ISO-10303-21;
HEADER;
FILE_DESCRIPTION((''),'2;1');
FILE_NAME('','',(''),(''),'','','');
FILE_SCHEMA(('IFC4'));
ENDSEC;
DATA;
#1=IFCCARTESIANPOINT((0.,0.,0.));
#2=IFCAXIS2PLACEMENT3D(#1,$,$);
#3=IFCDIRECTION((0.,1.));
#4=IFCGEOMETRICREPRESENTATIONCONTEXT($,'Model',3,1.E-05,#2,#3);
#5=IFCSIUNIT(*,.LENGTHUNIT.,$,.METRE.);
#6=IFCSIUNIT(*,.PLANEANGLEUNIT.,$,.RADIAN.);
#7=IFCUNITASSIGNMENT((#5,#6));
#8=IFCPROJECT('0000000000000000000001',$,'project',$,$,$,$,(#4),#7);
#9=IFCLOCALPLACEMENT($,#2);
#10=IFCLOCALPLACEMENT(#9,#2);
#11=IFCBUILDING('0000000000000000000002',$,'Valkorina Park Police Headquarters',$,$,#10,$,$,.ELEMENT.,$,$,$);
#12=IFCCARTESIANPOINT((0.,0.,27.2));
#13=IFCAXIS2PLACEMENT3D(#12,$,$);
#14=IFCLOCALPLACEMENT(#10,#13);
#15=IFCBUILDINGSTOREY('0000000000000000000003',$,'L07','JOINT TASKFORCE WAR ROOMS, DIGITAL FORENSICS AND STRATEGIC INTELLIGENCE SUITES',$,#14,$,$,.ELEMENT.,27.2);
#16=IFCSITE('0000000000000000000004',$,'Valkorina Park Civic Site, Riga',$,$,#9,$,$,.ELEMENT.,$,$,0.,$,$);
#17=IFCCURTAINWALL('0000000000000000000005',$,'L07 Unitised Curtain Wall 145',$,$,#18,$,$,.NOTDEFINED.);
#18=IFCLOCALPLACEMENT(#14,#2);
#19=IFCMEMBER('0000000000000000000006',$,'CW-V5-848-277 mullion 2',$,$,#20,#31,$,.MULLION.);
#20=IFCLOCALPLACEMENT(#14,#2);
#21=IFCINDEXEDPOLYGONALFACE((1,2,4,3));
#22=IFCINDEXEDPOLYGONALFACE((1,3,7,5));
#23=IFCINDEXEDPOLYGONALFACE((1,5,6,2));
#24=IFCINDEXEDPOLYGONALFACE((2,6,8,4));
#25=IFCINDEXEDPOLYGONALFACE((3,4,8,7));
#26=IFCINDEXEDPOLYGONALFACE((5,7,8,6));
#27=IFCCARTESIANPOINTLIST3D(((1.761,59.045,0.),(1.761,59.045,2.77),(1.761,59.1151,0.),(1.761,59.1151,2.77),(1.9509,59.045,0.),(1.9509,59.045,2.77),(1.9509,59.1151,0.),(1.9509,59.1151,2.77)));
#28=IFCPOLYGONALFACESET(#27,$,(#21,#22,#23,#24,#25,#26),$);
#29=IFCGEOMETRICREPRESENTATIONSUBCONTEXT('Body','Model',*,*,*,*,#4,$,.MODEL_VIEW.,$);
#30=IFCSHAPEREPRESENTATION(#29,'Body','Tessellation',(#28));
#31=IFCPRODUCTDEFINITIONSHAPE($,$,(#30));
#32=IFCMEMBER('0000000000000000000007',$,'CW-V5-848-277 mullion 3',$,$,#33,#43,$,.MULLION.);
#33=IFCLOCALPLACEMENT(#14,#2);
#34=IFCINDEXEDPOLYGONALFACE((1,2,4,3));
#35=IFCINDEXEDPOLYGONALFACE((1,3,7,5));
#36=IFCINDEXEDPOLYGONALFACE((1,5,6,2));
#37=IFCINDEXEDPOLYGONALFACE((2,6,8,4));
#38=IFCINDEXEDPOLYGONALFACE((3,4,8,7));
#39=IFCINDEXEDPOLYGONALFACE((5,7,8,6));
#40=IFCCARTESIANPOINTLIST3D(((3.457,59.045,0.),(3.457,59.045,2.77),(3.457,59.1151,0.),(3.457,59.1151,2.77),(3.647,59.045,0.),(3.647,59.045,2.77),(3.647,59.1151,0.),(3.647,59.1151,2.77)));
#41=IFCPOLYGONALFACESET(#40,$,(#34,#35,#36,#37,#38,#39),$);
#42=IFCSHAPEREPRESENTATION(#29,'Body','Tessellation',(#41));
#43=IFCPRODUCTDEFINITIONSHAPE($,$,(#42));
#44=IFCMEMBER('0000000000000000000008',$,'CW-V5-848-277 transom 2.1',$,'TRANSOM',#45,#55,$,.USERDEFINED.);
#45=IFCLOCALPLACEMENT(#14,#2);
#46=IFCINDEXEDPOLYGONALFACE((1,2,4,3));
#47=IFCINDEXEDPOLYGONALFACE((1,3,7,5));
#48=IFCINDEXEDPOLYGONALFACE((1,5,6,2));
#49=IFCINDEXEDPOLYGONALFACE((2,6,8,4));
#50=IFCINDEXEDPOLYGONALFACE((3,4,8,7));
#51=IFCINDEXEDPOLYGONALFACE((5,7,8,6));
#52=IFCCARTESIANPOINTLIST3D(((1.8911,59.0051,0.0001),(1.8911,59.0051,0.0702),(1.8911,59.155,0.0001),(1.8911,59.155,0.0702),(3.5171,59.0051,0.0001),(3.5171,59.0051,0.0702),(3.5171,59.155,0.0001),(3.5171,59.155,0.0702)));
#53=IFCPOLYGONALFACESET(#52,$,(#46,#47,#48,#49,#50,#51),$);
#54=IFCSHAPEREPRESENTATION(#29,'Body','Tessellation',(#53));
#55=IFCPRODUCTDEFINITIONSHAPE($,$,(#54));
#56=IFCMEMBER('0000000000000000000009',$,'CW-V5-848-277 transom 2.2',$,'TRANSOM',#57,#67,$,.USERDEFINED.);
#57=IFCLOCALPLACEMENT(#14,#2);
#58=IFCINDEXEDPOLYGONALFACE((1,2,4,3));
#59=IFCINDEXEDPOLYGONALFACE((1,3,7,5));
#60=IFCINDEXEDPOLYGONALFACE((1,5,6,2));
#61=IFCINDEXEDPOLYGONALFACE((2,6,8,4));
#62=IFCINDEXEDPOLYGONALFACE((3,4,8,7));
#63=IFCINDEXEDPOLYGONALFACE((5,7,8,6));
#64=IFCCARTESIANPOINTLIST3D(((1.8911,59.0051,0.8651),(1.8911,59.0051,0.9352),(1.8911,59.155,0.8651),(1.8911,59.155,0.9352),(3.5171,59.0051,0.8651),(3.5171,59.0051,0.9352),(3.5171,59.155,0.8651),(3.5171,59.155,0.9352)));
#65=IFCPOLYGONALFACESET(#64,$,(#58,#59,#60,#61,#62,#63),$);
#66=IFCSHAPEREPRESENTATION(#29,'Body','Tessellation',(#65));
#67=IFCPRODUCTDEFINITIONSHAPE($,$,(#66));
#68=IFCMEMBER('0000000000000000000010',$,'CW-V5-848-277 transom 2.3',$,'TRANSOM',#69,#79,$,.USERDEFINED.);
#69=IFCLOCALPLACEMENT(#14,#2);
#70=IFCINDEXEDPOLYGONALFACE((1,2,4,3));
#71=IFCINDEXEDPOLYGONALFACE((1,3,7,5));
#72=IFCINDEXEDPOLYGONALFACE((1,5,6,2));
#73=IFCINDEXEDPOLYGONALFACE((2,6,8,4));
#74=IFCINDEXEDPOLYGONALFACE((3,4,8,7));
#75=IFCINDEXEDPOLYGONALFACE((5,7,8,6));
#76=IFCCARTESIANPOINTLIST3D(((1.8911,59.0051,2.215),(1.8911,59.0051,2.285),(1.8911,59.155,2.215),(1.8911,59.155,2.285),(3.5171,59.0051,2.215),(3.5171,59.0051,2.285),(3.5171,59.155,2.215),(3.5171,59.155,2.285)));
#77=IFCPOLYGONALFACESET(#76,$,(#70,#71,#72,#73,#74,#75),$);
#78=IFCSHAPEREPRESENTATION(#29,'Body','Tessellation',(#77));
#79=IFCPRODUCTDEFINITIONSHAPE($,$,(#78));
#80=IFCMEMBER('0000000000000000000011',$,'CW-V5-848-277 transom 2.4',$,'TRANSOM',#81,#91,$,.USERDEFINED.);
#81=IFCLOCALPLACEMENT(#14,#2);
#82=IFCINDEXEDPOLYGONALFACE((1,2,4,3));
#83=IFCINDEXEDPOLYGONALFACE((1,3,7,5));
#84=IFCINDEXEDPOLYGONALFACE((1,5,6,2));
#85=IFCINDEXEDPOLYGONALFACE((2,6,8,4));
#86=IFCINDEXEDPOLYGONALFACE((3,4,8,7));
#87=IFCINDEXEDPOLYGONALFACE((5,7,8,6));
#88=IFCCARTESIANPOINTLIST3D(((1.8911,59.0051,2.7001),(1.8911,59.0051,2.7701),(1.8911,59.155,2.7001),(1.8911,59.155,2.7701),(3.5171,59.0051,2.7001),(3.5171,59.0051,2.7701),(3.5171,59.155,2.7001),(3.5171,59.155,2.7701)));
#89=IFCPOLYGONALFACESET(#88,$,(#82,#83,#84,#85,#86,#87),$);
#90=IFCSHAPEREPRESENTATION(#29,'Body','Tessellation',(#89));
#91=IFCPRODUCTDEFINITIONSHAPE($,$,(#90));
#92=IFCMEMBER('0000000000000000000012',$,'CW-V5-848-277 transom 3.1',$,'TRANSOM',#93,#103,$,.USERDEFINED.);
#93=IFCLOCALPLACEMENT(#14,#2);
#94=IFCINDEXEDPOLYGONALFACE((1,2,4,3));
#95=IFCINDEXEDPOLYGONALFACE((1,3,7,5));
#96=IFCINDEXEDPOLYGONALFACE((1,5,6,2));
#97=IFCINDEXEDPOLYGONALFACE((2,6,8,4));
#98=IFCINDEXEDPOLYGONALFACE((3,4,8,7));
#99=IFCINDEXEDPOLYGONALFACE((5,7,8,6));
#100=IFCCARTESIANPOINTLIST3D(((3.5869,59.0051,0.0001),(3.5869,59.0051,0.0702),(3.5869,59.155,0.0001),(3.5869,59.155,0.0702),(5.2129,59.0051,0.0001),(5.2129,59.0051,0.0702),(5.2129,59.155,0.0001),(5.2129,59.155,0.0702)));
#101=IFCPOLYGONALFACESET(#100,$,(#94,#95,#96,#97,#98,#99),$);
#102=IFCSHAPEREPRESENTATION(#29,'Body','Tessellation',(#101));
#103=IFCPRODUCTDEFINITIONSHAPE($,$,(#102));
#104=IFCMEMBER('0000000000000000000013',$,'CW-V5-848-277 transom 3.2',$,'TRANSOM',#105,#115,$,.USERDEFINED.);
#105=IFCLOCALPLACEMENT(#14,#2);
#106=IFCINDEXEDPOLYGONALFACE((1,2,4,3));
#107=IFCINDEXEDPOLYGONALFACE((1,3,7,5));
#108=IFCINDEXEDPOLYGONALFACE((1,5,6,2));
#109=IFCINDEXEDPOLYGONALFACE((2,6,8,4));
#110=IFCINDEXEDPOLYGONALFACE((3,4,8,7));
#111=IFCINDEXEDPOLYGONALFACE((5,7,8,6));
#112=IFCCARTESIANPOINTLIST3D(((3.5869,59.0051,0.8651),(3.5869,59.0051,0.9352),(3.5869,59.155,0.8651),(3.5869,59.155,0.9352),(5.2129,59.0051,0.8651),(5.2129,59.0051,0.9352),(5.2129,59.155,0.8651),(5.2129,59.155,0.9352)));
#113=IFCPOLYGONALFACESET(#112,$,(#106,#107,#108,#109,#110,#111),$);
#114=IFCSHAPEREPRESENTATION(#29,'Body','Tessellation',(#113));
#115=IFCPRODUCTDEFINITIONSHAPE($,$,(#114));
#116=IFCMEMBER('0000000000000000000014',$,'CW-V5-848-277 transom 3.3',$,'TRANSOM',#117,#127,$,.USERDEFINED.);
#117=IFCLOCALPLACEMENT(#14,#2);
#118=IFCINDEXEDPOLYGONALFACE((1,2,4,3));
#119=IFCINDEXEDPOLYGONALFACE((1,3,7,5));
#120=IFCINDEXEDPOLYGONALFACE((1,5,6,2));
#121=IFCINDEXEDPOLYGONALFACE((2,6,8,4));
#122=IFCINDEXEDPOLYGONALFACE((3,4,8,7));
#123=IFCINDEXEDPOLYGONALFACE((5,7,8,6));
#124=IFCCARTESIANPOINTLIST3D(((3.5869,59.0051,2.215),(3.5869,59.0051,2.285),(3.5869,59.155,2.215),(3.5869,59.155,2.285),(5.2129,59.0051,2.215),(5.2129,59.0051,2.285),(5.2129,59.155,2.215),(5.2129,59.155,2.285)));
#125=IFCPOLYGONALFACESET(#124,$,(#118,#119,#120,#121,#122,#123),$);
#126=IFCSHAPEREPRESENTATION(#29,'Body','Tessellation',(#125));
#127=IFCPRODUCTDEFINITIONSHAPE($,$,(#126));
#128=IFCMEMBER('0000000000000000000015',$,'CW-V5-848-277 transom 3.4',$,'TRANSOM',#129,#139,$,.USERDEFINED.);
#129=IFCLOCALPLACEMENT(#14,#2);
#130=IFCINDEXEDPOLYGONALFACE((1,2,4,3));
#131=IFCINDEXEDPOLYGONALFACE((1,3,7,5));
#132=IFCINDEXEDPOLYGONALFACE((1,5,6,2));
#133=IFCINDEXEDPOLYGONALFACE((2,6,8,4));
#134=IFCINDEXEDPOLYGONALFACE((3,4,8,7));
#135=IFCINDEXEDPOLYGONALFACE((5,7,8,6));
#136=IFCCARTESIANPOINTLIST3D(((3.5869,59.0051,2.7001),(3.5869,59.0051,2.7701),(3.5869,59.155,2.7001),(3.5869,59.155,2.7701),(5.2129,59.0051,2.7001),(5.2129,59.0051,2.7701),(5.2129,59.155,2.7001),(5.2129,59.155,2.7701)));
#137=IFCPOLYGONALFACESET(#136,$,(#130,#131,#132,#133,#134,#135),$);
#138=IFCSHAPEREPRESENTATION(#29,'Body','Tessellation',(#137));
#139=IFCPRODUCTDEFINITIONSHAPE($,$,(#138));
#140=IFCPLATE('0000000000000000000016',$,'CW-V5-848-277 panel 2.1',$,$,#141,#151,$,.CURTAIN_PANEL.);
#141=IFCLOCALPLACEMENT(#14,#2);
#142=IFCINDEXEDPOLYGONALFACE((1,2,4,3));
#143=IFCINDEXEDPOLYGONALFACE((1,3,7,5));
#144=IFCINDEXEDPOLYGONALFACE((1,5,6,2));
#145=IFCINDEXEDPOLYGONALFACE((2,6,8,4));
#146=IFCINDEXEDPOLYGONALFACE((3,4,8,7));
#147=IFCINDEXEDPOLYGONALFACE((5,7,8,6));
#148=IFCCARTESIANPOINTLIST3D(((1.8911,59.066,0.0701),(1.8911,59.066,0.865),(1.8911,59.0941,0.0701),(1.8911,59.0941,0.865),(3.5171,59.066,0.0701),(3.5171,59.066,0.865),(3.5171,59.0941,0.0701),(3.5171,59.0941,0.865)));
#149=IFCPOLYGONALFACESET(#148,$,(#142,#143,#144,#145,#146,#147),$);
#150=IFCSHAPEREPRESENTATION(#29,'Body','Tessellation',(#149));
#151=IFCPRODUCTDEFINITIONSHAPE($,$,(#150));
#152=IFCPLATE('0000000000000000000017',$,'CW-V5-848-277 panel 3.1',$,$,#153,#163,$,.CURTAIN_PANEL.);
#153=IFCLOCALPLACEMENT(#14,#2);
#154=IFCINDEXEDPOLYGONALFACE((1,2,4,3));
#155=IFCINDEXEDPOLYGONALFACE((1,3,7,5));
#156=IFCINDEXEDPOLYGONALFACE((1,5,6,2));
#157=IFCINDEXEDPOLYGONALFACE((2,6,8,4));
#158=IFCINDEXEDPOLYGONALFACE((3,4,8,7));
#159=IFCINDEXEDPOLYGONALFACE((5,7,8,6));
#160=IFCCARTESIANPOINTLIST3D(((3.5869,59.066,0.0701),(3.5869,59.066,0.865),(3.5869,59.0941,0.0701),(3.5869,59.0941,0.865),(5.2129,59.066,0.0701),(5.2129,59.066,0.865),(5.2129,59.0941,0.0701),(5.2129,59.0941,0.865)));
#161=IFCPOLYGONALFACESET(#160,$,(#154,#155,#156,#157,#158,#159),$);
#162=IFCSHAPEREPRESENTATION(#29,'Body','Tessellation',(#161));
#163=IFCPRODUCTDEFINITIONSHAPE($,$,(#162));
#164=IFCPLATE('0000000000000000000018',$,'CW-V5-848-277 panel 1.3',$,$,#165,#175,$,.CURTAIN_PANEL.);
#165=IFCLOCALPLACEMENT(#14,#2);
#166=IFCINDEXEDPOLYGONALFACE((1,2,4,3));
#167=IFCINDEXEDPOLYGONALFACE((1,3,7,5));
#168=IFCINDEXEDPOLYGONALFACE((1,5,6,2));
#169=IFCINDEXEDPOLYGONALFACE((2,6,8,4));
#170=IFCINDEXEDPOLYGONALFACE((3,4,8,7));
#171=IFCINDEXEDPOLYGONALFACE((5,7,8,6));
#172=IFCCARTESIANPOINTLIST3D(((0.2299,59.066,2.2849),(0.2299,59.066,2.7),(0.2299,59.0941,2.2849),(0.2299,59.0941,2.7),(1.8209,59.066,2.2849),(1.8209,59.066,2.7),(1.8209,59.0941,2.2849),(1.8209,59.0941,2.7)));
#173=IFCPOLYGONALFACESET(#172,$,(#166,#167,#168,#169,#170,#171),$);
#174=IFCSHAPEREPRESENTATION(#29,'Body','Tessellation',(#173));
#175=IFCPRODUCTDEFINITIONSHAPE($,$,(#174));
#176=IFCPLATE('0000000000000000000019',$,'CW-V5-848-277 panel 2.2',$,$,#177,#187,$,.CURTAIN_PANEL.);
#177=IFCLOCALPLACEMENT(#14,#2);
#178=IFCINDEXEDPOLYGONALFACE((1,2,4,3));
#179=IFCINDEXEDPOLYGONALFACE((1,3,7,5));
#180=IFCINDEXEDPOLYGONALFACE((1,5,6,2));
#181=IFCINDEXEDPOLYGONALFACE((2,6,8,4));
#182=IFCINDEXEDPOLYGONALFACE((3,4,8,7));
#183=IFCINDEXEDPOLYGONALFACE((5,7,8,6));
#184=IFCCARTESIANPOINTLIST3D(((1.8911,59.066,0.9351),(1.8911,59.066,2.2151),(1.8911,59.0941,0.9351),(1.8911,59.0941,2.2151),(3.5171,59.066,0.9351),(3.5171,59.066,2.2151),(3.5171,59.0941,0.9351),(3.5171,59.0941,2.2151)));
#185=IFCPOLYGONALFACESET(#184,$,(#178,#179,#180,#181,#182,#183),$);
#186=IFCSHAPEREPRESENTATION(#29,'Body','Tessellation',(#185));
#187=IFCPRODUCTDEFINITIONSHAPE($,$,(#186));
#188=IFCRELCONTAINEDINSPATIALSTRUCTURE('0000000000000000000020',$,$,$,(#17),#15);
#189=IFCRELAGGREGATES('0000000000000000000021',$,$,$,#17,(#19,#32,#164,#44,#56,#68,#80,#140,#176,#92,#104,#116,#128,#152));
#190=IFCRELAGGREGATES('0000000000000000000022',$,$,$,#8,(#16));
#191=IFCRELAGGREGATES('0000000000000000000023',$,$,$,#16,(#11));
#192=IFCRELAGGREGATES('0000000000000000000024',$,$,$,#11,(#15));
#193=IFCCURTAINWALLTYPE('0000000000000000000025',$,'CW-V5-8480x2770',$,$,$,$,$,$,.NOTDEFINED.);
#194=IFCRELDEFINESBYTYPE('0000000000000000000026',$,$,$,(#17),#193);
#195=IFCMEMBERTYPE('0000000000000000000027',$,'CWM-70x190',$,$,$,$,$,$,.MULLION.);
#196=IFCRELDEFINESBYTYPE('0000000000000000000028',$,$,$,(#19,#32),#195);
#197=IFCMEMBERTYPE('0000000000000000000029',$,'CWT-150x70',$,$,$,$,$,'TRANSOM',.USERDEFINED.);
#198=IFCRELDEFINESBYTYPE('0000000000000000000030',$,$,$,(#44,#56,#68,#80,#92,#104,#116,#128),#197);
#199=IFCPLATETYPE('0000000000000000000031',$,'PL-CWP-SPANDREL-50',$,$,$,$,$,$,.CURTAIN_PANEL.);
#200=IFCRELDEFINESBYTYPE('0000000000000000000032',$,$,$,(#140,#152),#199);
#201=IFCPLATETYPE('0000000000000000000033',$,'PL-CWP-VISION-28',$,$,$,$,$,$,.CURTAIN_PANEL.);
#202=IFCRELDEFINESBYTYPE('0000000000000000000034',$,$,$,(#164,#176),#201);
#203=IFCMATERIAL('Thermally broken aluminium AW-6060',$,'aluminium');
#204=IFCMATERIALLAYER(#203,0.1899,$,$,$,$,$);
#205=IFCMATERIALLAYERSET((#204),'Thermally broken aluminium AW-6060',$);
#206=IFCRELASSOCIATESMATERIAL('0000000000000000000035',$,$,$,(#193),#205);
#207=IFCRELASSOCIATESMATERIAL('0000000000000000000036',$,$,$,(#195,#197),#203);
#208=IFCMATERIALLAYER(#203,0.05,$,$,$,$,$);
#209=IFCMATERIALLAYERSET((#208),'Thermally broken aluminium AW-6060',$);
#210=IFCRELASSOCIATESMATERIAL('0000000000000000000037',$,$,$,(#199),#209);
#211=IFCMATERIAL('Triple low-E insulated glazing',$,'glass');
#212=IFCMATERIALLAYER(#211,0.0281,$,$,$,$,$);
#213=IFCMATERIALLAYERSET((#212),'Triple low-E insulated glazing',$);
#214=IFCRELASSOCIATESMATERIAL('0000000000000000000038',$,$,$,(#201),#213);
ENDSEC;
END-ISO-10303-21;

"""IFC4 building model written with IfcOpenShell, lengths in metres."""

from ifc_helpers import new_model, si_unit, direction, frame, origin, origin_2d, place, context, subcontext, project, spatial, rectangle, extrude, material, layer, layer_set, material_profile, profile_set, type_object, element, aggregate, save


model = new_model("IFC4")

# Units and contexts
model_context = context("Model", 3, precision=1e-05, world=origin(), true_north=direction((0.0, 1.0)))
body_context = subcontext(model_context, "Body", "Model", "MODEL_VIEW")
ifc_project = project(units=[si_unit("LENGTHUNIT", "METRE"), si_unit("PLANEANGLEUNIT", "RADIAN")], contexts=[model_context])

# Site, building, storey
site_placement = place(None, origin())
site = spatial("IfcSite", under=ifc_project, at=site_placement, Name="Valkorina Park Civic Site, Riga", CompositionType="ELEMENT", RefElevation=0.0)
building_placement = place(site_placement, origin())
building = spatial("IfcBuilding", under=site, at=building_placement, Name="Valkorina Park Police Headquarters", CompositionType="ELEMENT")
storey_placement = place(building_placement, frame((0.0, 0.0, 27.2)))
storey = spatial("IfcBuildingStorey", under=building, at=storey_placement, Name="L07", Description="JOINT TASKFORCE WAR ROOMS, DIGITAL FORENSICS AND STRATEGIC INTELLIGENCE SUITES", CompositionType="ELEMENT", Elevation=27.2)

# Curtain wall, members, plates
ifc_material_1 = material(Name="Thermally broken aluminium AW-6060", Category="aluminium")
ifc_layer_1 = layer(ifc_material_1, 0.1899)
ifc_layer_set_1 = layer_set([ifc_layer_1], Name="Thermally broken aluminium AW-6060")
curtain_wall_type = type_object("IfcCurtainWallType", Name="CW-V5-8480x2770", PredefinedType="NOTDEFINED", material=ifc_layer_set_1)
curtain_wall_placement = place(storey_placement, origin())
curtain_wall = element("IfcCurtainWall", 1, at=curtain_wall_placement, inside=storey, type_object=curtain_wall_type, Name="L07 Unitised Curtain Wall 145", PredefinedType="NOTDEFINED")
ifc_material_profile_1 = material_profile(ifc_material_1, rectangle(XDim=0.0701, YDim=0.1899, at=origin_2d()), Name="CWM-02 70x190")
ifc_profile_set_1 = profile_set([ifc_material_profile_1], Name="Thermally broken aluminium AW-6060")
member_type_1 = type_object("IfcMemberType", Name="CWM-70x190", PredefinedType="MULLION", material=ifc_profile_set_1)
member_1_placement = place(storey_placement, frame((1.856, 59.0801, 0.0), z_axis=(0.0, 0.0, 1.0), x_axis=(0.0, 1.0, 0.0)))
member_1 = element("IfcMember", 2, at=member_1_placement, type_object=member_type_1, Name="CW-V5-848-277 mullion 2", PredefinedType="MULLION", context=body_context, shape_type="SweptSolid", body=[
    extrude(rectangle(XDim=0.0701, YDim=0.1899, at=origin_2d()), origin(), (0.0, 0.0, 1.0), 2.77),
])
member_2_placement = place(storey_placement, frame((3.552, 59.0801, 0.0), z_axis=(0.0, 0.0, 1.0), x_axis=(0.0, 1.0, 0.0)))
member_2 = element("IfcMember", 3, at=member_2_placement, type_object=member_type_1, Name="CW-V5-848-277 mullion 3", PredefinedType="MULLION", context=body_context, shape_type="SweptSolid", body=[
    extrude(rectangle(XDim=0.0701, YDim=0.1899, at=origin_2d()), origin(), (0.0, 0.0, 1.0), 2.77),
])
ifc_material_profile_2 = material_profile(ifc_material_1, rectangle(XDim=0.1499, YDim=0.0701, at=origin_2d()), Name="CWT-02 150x70")
ifc_profile_set_2 = profile_set([ifc_material_profile_2], Name="Thermally broken aluminium AW-6060")
member_type_2 = type_object("IfcMemberType", Name="CWT-150x70", ElementType="TRANSOM", PredefinedType="USERDEFINED", material=ifc_profile_set_2)
member_3_placement = place(storey_placement, frame((1.8911, 59.0801, 0.0352), z_axis=(1.0, 0.0, 0.0), x_axis=(0.0, 1.0, 0.0)))
member_3 = element("IfcMember", 4, at=member_3_placement, type_object=member_type_2, Name="CW-V5-848-277 transom 2.1", ObjectType="TRANSOM", PredefinedType="USERDEFINED", context=body_context, shape_type="SweptSolid", body=[
    extrude(rectangle(XDim=0.1499, YDim=0.0701, at=origin_2d()), origin(), (0.0, 0.0, 1.0), 1.626),
])
member_4_placement = place(storey_placement, frame((1.8911, 59.0801, 0.9001), z_axis=(1.0, 0.0, 0.0), x_axis=(0.0, 1.0, 0.0)))
member_4 = element("IfcMember", 5, at=member_4_placement, type_object=member_type_2, Name="CW-V5-848-277 transom 2.2", ObjectType="TRANSOM", PredefinedType="USERDEFINED", context=body_context, shape_type="SweptSolid", body=[
    extrude(rectangle(XDim=0.1499, YDim=0.0701, at=origin_2d()), origin(), (0.0, 0.0, 1.0), 1.626),
])
member_5_placement = place(storey_placement, frame((1.8911, 59.0801, 2.25), z_axis=(1.0, 0.0, 0.0), x_axis=(0.0, 1.0, 0.0)))
member_5 = element("IfcMember", 6, at=member_5_placement, type_object=member_type_2, Name="CW-V5-848-277 transom 2.3", ObjectType="TRANSOM", PredefinedType="USERDEFINED", context=body_context, shape_type="SweptSolid", body=[
    extrude(rectangle(XDim=0.1499, YDim=0.0701, at=origin_2d()), origin(), (0.0, 0.0, 1.0), 1.626),
])
member_6_placement = place(storey_placement, frame((1.8911, 59.0801, 2.7351), z_axis=(1.0, 0.0, 0.0), x_axis=(0.0, 1.0, 0.0)))
member_6 = element("IfcMember", 7, at=member_6_placement, type_object=member_type_2, Name="CW-V5-848-277 transom 2.4", ObjectType="TRANSOM", PredefinedType="USERDEFINED", context=body_context, shape_type="SweptSolid", body=[
    extrude(rectangle(XDim=0.1499, YDim=0.0701, at=origin_2d()), origin(), (0.0, 0.0, 1.0), 1.626),
])
member_7_placement = place(storey_placement, frame((3.5869, 59.0801, 0.0352), z_axis=(1.0, 0.0, 0.0), x_axis=(0.0, 1.0, 0.0)))
member_7 = element("IfcMember", 8, at=member_7_placement, type_object=member_type_2, Name="CW-V5-848-277 transom 3.1", ObjectType="TRANSOM", PredefinedType="USERDEFINED", context=body_context, shape_type="SweptSolid", body=[
    extrude(rectangle(XDim=0.1499, YDim=0.0701, at=origin_2d()), origin(), (0.0, 0.0, 1.0), 1.626),
])
member_8_placement = place(storey_placement, frame((3.5869, 59.0801, 0.9001), z_axis=(1.0, 0.0, 0.0), x_axis=(0.0, 1.0, 0.0)))
member_8 = element("IfcMember", 9, at=member_8_placement, type_object=member_type_2, Name="CW-V5-848-277 transom 3.2", ObjectType="TRANSOM", PredefinedType="USERDEFINED", context=body_context, shape_type="SweptSolid", body=[
    extrude(rectangle(XDim=0.1499, YDim=0.0701, at=origin_2d()), origin(), (0.0, 0.0, 1.0), 1.626),
])
member_9_placement = place(storey_placement, frame((3.5869, 59.0801, 2.25), z_axis=(1.0, 0.0, 0.0), x_axis=(0.0, 1.0, 0.0)))
member_9 = element("IfcMember", 10, at=member_9_placement, type_object=member_type_2, Name="CW-V5-848-277 transom 3.3", ObjectType="TRANSOM", PredefinedType="USERDEFINED", context=body_context, shape_type="SweptSolid", body=[
    extrude(rectangle(XDim=0.1499, YDim=0.0701, at=origin_2d()), origin(), (0.0, 0.0, 1.0), 1.626),
])
member_10_placement = place(storey_placement, frame((3.5869, 59.0801, 2.7351), z_axis=(1.0, 0.0, 0.0), x_axis=(0.0, 1.0, 0.0)))
member_10 = element("IfcMember", 11, at=member_10_placement, type_object=member_type_2, Name="CW-V5-848-277 transom 3.4", ObjectType="TRANSOM", PredefinedType="USERDEFINED", context=body_context, shape_type="SweptSolid", body=[
    extrude(rectangle(XDim=0.1499, YDim=0.0701, at=origin_2d()), origin(), (0.0, 0.0, 1.0), 1.626),
])
ifc_layer_2 = layer(ifc_material_1, 0.05)
ifc_layer_set_2 = layer_set([ifc_layer_2], Name="Thermally broken aluminium AW-6060")
plate_type_1 = type_object("IfcPlateType", Name="PL-CWP-SPANDREL-50", PredefinedType="CURTAIN_PANEL", material=ifc_layer_set_2)
plate_1_placement = place(storey_placement, frame((2.7041, 59.0801, 0.0701), z_axis=(0.0, 0.0, 1.0), x_axis=(1.0, 0.0, 0.0)))
plate_1 = element("IfcPlate", 12, at=plate_1_placement, type_object=plate_type_1, Name="CW-V5-848-277 panel 2.1", PredefinedType="CURTAIN_PANEL", context=body_context, shape_type="SweptSolid", body=[
    extrude(rectangle(XDim=1.626, YDim=0.0281, at=origin_2d()), origin(), (0.0, 0.0, 1.0), 0.7949),
])
plate_2_placement = place(storey_placement, frame((4.3999, 59.0801, 0.0701), z_axis=(0.0, 0.0, 1.0), x_axis=(1.0, 0.0, 0.0)))
plate_2 = element("IfcPlate", 13, at=plate_2_placement, type_object=plate_type_1, Name="CW-V5-848-277 panel 3.1", PredefinedType="CURTAIN_PANEL", context=body_context, shape_type="SweptSolid", body=[
    extrude(rectangle(XDim=1.626, YDim=0.0281, at=origin_2d()), origin(), (0.0, 0.0, 1.0), 0.7949),
])
ifc_material_2 = material(Name="Triple low-E insulated glazing", Category="glass")
ifc_layer_3 = layer(ifc_material_2, 0.0281)
ifc_layer_set_3 = layer_set([ifc_layer_3], Name="Triple low-E insulated glazing")
plate_type_2 = type_object("IfcPlateType", Name="PL-CWP-VISION-28", PredefinedType="CURTAIN_PANEL", material=ifc_layer_set_3)
plate_3_placement = place(storey_placement, frame((1.0254, 59.0801, 2.2849), z_axis=(0.0, 0.0, 1.0), x_axis=(1.0, 0.0, 0.0)))
plate_3 = element("IfcPlate", 14, at=plate_3_placement, type_object=plate_type_2, Name="CW-V5-848-277 panel 1.3", PredefinedType="CURTAIN_PANEL", context=body_context, shape_type="SweptSolid", body=[
    extrude(rectangle(XDim=1.5911, YDim=0.0281, at=origin_2d()), origin(), (0.0, 0.0, 1.0), 0.415),
])
plate_4_placement = place(storey_placement, frame((2.7041, 59.0801, 0.9351), z_axis=(0.0, 0.0, 1.0), x_axis=(1.0, 0.0, 0.0)))
plate_4 = element("IfcPlate", 15, at=plate_4_placement, type_object=plate_type_2, Name="CW-V5-848-277 panel 2.2", PredefinedType="CURTAIN_PANEL", context=body_context, shape_type="SweptSolid", body=[
    extrude(rectangle(XDim=1.626, YDim=0.0281, at=origin_2d()), origin(), (0.0, 0.0, 1.0), 1.28),
])
aggregate(curtain_wall, [member_1, member_2, plate_3, member_3, member_4, member_5, member_6, plate_1, plate_4, member_7, member_8, member_9, member_10, plate_2])

save(model, "model.ifc")
